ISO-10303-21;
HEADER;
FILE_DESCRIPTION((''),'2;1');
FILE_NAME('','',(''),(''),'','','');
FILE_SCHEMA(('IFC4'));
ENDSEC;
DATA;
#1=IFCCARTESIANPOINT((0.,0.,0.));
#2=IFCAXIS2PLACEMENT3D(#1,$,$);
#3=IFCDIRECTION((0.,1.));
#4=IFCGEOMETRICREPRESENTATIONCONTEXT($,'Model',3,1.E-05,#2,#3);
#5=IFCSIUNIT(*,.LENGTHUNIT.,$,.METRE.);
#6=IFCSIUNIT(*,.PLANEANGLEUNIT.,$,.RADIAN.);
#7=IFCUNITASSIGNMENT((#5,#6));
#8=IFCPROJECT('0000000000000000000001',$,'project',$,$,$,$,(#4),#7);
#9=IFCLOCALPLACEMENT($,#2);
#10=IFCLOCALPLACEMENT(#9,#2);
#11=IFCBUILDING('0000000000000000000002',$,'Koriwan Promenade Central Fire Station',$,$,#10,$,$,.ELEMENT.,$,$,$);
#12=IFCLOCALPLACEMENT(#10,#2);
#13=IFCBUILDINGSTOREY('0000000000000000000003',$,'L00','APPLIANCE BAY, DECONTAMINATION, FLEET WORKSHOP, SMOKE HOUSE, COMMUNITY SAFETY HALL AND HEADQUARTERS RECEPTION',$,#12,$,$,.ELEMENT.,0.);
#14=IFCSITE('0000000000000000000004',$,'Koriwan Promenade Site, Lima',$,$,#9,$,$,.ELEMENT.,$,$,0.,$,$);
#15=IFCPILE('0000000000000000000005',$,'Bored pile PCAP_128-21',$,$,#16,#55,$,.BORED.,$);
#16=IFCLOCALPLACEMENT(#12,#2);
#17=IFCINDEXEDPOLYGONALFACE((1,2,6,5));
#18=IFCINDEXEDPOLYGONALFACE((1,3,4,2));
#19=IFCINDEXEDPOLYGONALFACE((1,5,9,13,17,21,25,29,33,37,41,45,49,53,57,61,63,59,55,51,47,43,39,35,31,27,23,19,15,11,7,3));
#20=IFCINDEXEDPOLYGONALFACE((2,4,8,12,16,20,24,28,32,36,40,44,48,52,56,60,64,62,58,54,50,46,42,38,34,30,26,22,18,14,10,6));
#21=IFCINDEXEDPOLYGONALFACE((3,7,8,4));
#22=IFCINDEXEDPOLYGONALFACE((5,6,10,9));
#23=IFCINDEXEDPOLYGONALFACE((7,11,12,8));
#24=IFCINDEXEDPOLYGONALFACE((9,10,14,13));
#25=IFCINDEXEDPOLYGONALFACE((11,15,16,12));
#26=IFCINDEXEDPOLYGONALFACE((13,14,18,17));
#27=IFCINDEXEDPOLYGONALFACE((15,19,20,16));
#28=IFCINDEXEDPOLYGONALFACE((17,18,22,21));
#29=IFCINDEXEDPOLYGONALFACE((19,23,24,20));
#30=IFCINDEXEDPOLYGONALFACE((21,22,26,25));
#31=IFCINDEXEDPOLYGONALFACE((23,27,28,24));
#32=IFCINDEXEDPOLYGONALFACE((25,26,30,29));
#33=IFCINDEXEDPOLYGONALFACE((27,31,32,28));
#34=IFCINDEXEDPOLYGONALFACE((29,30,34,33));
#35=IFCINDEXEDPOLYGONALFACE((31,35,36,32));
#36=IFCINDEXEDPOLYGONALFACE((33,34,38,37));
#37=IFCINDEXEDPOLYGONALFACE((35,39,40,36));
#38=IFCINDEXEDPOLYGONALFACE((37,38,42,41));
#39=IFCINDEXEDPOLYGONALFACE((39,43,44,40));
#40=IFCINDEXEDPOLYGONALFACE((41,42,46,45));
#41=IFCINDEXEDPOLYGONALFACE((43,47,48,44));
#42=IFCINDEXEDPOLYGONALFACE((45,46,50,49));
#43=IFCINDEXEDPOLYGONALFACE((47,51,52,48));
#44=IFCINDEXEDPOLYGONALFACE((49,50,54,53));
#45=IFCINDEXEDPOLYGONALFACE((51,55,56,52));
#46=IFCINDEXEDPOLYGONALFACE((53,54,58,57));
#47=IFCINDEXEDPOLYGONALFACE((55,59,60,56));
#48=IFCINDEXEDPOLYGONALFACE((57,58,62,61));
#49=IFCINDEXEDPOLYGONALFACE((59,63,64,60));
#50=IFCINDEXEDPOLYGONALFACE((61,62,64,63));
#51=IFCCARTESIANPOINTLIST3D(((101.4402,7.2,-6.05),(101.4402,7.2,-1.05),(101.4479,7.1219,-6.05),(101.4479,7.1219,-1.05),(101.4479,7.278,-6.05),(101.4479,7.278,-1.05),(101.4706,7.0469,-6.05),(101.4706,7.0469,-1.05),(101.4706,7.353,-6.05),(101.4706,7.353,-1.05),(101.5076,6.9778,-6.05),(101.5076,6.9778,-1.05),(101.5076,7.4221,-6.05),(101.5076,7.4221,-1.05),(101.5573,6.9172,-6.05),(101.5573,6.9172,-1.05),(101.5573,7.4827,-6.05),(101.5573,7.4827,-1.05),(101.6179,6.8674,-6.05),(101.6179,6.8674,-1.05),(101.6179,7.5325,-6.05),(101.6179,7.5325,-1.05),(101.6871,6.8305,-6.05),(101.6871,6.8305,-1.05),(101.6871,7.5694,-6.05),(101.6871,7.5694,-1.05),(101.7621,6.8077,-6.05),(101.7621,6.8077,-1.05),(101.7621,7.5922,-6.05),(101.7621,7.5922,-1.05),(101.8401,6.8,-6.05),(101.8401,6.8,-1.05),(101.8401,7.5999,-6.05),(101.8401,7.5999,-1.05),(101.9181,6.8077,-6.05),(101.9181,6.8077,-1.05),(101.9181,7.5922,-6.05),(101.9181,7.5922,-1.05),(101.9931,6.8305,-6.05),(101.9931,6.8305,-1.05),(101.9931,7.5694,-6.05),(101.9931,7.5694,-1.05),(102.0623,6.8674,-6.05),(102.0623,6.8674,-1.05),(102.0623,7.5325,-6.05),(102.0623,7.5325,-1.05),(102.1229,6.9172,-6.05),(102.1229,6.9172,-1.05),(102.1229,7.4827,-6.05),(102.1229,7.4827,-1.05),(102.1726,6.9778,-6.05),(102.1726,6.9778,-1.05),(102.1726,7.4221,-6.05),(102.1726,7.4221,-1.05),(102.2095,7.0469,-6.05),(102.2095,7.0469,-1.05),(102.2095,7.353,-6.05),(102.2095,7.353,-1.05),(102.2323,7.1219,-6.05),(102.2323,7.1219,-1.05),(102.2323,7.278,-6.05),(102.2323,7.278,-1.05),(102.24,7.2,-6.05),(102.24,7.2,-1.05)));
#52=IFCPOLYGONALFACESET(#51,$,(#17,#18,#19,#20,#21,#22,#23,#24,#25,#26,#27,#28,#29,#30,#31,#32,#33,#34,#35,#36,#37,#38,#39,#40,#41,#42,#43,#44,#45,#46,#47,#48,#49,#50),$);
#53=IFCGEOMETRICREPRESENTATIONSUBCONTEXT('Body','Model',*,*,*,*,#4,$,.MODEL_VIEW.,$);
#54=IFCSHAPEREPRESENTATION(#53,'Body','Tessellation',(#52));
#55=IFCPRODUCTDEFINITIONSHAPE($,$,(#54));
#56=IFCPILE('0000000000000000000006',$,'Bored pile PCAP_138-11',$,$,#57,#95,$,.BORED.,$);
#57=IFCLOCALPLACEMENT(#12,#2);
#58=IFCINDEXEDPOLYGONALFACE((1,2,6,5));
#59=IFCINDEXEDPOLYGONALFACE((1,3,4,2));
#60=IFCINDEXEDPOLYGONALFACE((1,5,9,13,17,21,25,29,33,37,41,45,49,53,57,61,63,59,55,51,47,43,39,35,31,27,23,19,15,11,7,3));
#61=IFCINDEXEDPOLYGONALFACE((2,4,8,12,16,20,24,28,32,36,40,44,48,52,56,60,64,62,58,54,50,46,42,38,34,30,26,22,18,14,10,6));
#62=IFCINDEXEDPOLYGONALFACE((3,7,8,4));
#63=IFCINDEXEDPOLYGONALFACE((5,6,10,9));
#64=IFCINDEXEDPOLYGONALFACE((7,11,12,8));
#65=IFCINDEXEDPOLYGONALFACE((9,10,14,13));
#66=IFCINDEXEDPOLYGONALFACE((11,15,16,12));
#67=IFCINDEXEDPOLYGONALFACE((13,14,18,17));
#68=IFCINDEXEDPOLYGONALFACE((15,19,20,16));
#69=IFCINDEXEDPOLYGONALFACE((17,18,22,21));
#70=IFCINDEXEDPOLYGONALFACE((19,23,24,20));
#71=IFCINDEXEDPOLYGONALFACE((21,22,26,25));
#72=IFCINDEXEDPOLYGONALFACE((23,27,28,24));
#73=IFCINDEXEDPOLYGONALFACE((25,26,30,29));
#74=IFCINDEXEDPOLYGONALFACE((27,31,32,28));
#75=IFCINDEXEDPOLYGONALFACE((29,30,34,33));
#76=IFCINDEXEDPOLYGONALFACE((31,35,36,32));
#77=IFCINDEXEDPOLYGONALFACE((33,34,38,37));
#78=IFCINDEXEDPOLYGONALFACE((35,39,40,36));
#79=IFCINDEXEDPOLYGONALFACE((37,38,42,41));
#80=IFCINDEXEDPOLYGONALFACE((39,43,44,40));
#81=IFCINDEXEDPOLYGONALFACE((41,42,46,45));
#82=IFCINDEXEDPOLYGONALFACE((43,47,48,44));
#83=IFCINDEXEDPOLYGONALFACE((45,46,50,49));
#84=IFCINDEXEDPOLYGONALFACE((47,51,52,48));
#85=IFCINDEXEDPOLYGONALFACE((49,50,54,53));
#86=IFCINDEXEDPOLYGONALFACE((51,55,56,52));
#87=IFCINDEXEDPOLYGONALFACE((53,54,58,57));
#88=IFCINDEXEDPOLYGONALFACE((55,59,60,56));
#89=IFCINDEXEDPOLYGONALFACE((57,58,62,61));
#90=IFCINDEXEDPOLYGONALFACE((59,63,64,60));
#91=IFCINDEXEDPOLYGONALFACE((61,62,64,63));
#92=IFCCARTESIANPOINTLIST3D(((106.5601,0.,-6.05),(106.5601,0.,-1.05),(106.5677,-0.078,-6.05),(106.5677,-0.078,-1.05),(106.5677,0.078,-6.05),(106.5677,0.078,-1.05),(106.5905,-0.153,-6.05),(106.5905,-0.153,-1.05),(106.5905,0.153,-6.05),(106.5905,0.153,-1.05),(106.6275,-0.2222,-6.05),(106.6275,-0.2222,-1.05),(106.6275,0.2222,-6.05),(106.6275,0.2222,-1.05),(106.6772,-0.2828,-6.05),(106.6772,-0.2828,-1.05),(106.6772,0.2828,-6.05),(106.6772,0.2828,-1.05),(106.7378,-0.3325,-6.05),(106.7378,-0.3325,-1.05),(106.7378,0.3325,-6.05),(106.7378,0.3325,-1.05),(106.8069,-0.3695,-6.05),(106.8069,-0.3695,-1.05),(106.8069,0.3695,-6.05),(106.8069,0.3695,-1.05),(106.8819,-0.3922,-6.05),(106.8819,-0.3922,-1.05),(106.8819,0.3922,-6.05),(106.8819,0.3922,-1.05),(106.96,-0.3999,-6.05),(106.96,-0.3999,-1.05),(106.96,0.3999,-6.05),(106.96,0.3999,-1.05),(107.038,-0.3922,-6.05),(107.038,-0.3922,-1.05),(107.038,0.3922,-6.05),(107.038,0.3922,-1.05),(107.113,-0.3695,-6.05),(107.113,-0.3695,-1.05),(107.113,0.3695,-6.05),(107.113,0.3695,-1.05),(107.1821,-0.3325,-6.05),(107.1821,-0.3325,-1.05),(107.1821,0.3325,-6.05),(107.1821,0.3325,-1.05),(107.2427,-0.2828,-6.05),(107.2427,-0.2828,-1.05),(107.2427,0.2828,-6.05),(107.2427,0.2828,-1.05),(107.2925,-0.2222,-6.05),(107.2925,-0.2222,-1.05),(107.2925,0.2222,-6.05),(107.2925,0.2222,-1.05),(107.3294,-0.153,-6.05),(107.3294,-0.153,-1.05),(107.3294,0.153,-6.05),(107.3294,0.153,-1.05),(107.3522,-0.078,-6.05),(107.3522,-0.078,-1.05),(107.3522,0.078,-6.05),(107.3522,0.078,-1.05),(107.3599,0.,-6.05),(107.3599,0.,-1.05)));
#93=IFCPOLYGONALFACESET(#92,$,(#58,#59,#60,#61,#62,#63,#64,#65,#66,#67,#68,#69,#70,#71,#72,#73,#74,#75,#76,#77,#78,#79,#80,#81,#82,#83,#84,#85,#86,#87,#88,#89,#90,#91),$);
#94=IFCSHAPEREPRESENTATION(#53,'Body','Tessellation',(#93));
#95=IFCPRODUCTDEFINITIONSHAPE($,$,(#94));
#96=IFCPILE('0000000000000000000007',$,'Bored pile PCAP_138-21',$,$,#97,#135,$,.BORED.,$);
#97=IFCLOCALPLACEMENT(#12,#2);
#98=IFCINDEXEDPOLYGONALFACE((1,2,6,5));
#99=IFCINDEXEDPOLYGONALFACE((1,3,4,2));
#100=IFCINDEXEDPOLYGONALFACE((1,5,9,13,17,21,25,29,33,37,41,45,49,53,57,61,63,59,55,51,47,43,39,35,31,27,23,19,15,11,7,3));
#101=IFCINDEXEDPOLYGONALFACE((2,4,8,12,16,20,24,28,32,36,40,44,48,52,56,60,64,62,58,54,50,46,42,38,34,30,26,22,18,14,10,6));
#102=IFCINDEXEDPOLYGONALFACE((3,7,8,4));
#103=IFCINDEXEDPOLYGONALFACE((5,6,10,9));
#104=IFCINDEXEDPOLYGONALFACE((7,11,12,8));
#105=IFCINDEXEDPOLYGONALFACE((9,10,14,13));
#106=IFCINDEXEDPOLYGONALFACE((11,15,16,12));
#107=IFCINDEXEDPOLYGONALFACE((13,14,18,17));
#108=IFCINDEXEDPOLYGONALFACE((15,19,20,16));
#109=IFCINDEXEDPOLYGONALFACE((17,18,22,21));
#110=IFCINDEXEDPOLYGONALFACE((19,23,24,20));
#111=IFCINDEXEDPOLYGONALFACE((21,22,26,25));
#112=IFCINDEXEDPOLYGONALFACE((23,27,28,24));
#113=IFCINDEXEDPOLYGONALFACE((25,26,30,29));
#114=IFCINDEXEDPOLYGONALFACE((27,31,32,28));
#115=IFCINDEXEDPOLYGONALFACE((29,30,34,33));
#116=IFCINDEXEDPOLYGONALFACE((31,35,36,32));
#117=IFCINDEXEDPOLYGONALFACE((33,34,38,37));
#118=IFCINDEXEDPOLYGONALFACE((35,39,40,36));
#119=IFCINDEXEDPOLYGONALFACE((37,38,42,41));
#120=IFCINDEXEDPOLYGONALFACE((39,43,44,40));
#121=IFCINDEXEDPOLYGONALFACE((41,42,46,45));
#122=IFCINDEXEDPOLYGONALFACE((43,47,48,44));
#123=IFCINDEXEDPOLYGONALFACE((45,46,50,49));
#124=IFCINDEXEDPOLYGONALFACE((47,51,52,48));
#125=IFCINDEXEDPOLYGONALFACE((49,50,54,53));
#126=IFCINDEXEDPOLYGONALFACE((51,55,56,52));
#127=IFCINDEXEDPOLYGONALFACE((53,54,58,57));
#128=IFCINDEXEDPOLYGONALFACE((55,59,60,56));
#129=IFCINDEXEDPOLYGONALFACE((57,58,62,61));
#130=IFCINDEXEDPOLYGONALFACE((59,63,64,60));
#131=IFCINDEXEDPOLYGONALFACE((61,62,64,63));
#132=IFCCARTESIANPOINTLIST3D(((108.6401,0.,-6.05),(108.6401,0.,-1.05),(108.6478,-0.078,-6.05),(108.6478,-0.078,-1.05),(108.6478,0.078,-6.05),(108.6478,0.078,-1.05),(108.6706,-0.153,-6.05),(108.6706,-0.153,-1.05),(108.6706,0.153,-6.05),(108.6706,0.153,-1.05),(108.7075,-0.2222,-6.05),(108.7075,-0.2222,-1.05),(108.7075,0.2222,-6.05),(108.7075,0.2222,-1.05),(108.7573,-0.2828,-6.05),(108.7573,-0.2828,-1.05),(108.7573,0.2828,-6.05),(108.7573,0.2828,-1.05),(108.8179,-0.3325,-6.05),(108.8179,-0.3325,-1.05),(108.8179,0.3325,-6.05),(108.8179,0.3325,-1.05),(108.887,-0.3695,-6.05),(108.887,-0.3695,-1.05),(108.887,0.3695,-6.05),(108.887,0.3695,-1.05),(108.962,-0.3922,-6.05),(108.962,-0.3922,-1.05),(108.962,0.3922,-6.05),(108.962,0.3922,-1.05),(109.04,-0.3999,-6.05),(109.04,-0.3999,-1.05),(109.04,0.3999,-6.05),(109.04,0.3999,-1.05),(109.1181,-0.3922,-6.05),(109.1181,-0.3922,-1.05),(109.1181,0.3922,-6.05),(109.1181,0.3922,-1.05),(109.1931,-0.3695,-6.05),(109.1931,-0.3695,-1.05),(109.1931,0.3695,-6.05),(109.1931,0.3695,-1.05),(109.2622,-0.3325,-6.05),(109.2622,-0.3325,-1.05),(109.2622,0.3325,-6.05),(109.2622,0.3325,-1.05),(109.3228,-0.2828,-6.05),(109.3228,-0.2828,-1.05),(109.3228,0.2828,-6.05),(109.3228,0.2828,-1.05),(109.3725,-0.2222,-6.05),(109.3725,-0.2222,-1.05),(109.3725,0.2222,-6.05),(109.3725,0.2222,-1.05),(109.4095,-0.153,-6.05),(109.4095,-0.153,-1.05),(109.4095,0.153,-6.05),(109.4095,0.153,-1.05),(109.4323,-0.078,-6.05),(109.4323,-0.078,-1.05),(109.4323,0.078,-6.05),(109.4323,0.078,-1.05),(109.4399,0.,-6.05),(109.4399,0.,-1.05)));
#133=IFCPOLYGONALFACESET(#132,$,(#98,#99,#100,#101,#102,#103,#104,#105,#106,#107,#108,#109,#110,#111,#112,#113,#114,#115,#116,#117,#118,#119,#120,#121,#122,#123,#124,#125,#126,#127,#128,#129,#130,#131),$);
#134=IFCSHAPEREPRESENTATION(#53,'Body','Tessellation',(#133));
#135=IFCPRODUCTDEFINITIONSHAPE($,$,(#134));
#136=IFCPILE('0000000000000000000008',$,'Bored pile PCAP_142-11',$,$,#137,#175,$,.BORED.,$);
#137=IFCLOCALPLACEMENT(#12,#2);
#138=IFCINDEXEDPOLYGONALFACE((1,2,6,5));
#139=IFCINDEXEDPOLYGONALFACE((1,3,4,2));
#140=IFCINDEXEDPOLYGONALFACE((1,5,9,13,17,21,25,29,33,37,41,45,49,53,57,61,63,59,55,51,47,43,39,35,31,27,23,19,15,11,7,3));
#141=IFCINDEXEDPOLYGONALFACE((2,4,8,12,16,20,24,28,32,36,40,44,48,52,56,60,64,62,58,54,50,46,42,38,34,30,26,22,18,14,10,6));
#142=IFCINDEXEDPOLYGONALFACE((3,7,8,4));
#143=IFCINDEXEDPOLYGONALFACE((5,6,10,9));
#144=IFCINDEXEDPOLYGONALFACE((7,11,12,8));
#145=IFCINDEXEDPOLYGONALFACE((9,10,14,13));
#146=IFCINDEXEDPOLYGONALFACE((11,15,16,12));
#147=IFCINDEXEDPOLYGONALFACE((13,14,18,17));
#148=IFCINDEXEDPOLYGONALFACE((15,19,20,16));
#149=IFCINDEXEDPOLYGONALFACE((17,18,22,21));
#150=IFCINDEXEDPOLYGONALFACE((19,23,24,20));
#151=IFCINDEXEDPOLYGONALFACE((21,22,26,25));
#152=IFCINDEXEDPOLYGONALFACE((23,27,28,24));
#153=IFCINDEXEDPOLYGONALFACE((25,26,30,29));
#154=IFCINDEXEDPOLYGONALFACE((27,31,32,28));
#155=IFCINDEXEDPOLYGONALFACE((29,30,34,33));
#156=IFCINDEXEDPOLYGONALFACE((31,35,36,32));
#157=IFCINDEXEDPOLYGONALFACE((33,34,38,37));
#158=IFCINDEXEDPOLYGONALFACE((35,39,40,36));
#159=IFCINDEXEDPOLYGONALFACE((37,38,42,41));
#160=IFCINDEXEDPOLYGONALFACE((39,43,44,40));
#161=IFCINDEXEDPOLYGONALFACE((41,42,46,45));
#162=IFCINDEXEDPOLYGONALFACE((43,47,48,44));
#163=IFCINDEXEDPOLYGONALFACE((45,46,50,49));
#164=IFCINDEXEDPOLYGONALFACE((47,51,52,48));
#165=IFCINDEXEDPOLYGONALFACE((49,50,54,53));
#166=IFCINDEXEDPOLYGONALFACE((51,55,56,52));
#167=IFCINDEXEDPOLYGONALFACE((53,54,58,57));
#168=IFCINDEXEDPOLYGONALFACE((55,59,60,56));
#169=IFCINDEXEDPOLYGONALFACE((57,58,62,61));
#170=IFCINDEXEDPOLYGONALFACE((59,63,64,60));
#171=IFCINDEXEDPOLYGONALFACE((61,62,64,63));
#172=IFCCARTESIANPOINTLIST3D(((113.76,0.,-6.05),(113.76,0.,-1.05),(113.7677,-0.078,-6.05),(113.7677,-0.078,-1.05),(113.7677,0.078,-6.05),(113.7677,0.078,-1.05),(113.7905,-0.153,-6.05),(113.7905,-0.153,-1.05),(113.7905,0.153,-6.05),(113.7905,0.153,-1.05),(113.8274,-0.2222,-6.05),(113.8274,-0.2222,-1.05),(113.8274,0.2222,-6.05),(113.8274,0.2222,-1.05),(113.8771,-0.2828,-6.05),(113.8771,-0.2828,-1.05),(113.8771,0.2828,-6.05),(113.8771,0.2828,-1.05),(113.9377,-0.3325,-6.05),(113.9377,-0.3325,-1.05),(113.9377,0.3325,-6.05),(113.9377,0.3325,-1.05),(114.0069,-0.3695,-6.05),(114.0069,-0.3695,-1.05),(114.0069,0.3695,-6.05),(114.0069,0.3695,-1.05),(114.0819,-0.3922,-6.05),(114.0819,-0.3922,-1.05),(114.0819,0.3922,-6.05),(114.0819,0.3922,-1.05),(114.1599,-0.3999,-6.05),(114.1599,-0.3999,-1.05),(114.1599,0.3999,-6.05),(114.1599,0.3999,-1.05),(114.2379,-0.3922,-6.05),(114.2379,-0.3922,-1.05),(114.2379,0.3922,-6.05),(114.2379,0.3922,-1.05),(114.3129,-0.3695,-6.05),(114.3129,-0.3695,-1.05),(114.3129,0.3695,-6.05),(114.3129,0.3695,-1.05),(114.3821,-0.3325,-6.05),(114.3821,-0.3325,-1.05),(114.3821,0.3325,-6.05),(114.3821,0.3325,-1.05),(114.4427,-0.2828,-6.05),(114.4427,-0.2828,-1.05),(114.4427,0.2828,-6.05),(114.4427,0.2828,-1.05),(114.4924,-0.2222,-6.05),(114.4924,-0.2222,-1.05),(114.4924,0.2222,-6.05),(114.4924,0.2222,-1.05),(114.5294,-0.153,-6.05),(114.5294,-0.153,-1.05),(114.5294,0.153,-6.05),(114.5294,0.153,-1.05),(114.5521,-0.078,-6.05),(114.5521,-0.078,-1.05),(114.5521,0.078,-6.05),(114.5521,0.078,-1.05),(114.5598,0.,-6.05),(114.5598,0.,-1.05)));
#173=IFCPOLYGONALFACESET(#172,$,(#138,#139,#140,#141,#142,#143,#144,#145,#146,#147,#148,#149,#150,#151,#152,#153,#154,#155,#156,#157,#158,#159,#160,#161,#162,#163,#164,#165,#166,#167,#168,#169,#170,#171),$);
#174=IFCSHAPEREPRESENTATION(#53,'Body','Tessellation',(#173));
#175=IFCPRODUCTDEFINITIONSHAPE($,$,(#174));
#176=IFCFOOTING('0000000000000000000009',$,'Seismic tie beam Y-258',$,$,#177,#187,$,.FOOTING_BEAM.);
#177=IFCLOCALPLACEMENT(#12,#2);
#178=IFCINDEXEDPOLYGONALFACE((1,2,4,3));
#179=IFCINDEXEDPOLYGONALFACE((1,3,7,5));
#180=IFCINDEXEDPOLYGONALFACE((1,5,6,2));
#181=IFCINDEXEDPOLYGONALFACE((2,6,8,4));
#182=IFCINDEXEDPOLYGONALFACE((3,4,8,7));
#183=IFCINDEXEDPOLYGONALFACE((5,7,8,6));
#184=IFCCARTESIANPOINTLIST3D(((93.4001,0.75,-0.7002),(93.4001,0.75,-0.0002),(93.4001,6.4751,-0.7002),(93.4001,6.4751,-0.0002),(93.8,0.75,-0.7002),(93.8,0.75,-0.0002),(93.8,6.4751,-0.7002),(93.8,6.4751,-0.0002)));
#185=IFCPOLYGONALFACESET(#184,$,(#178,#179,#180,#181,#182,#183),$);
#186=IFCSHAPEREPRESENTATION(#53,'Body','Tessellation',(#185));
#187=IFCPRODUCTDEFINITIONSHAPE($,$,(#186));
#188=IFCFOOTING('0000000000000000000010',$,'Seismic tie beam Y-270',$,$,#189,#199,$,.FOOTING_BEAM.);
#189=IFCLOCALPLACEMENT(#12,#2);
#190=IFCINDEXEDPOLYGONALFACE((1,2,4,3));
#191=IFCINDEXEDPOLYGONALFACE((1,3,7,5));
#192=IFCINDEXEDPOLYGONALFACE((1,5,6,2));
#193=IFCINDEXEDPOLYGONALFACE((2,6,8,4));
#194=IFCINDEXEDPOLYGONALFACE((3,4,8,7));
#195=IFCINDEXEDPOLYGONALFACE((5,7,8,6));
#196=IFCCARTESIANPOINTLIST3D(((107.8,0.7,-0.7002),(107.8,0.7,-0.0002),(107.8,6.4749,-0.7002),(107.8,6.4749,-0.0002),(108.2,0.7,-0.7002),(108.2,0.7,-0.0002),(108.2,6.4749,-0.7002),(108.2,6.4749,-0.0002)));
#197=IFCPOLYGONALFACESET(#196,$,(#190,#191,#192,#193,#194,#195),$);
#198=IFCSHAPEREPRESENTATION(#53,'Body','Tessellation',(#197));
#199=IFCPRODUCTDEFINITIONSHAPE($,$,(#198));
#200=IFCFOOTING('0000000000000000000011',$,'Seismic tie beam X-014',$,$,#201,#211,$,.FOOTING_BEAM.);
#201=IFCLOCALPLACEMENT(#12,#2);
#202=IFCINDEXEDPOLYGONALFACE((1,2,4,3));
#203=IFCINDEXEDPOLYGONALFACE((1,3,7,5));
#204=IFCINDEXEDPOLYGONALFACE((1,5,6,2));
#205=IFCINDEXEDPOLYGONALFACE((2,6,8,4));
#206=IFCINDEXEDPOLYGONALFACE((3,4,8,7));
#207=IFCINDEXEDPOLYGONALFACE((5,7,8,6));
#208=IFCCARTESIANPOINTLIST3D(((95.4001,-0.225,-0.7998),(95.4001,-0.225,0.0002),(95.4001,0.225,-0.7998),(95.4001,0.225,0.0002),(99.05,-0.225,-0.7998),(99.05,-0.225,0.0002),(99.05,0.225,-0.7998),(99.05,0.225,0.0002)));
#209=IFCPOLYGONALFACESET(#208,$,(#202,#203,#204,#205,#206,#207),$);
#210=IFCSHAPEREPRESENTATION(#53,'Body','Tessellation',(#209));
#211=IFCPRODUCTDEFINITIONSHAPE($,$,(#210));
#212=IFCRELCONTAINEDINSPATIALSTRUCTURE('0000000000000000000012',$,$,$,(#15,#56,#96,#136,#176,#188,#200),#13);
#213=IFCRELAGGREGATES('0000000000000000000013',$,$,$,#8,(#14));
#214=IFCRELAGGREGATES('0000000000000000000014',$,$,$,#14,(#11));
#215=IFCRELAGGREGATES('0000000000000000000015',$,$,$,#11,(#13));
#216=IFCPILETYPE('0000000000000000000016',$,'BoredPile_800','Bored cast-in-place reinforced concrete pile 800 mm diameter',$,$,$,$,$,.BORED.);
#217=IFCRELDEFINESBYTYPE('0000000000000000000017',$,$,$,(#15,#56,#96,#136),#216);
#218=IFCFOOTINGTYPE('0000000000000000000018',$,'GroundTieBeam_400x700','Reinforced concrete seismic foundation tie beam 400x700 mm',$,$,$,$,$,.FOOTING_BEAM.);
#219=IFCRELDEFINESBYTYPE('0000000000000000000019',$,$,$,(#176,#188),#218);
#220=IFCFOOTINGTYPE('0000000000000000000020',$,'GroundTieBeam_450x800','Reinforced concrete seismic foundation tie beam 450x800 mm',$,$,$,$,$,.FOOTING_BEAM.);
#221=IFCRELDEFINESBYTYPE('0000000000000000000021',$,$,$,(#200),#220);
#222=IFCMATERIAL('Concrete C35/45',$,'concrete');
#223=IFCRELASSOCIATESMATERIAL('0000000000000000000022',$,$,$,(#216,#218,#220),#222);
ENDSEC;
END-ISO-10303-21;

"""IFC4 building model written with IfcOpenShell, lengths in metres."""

from ifc_helpers import new_model, si_unit, direction, frame, origin, origin_2d, place, context, subcontext, project, spatial, rectangle, circle, extrude, material, material_profile, profile_set, type_object, element, save


model = new_model("IFC4")

# Units and contexts
model_context = context("Model", 3, precision=1e-05, world=origin(), true_north=direction((0.0, 1.0)))
body_context = subcontext(model_context, "Body", "Model", "MODEL_VIEW")
ifc_project = project(units=[si_unit("LENGTHUNIT", "METRE"), si_unit("PLANEANGLEUNIT", "RADIAN")], contexts=[model_context])

# Site, building, storey
site_placement = place(None, origin())
site = spatial("IfcSite", under=ifc_project, at=site_placement, Name="Koriwan Promenade Site, Lima", CompositionType="ELEMENT", RefElevation=0.0)
building_placement = place(site_placement, origin())
building = spatial("IfcBuilding", under=site, at=building_placement, Name="Koriwan Promenade Central Fire Station", CompositionType="ELEMENT")
storey_placement = place(building_placement, origin())
storey = spatial("IfcBuildingStorey", under=building, at=storey_placement, Name="L00", Description="APPLIANCE BAY, DECONTAMINATION, FLEET WORKSHOP, SMOKE HOUSE, COMMUNITY SAFETY HALL AND HEADQUARTERS RECEPTION", CompositionType="ELEMENT", Elevation=0.0)

# Piles
ifc_material_1 = material(Name="Concrete C35/45", Category="concrete")
ifc_material_profile_1 = material_profile(ifc_material_1, circle(Radius=0.3999, at=origin_2d()), Name="PILE-D800")
ifc_profile_set_1 = profile_set([ifc_material_profile_1], Name="Concrete C35/45")
pile_type = type_object("IfcPileType", Name="BoredPile_800", Description="Bored cast-in-place reinforced concrete pile 800 mm diameter", PredefinedType="BORED", material=ifc_profile_set_1)
for number, where, z_axis, x_axis, name in (
    (1, (101.8401, 7.2, -1.05), (0.0, 0.0, -1.0), (1.0, 0.0, 0.0), "Bored pile PCAP_128-21"),
    (2, (106.96, 0.0, -1.05), (0.0, 0.0, -1.0), (1.0, 0.0, 0.0), "Bored pile PCAP_138-11"),
    (3, (109.04, 0.0, -1.05), (0.0, 0.0, -1.0), (1.0, 0.0, 0.0), "Bored pile PCAP_138-21"),
    (4, (114.1599, 0.0, -1.05), (0.0, 0.0, -1.0), (1.0, 0.0, 0.0), "Bored pile PCAP_142-11"),
):
    element("IfcPile", number, at=place(storey_placement, frame(where, z_axis=z_axis, x_axis=x_axis)), inside=storey, type_object=pile_type, Name=name, PredefinedType="BORED", context=body_context, shape_type="SweptSolid", body=[
        extrude(circle(Radius=0.3999, at=origin_2d()), origin(), (0.0, 0.0, 1.0), 5.0),
    ])

# Footings
footing_type_1 = type_object("IfcFootingType", Name="GroundTieBeam_400x700", Description="Reinforced concrete seismic foundation tie beam 400x700 mm", PredefinedType="FOOTING_BEAM", material=ifc_material_1)
footing_1_placement = place(storey_placement, frame((93.6001, 3.6125, -0.7002), z_axis=(0.0, 0.0, 1.0), x_axis=(0.0, 1.0, 0.0)))
element("IfcFooting", 5, at=footing_1_placement, inside=storey, type_object=footing_type_1, Name="Seismic tie beam Y-258", PredefinedType="FOOTING_BEAM", context=body_context, shape_type="SweptSolid", body=[
    extrude(rectangle(XDim=5.7251, YDim=0.3999, at=origin_2d()), origin(), (0.0, 0.0, 1.0), 0.7),
])
footing_2_placement = place(storey_placement, frame((108.0, 3.5874, -0.7002), z_axis=(0.0, 0.0, 1.0), x_axis=(0.0, 1.0, 0.0)))
element("IfcFooting", 6, at=footing_2_placement, inside=storey, type_object=footing_type_1, Name="Seismic tie beam Y-270", PredefinedType="FOOTING_BEAM", context=body_context, shape_type="SweptSolid", body=[
    extrude(rectangle(XDim=5.7749, YDim=0.3999, at=origin_2d()), origin(), (0.0, 0.0, 1.0), 0.7),
])
footing_type_2 = type_object("IfcFootingType", Name="GroundTieBeam_450x800", Description="Reinforced concrete seismic foundation tie beam 450x800 mm", PredefinedType="FOOTING_BEAM", material=ifc_material_1)
footing_3_placement = place(storey_placement, frame((97.2251, 0.0, -0.7998), z_axis=(0.0, 0.0, 1.0), x_axis=(1.0, 0.0, 0.0)))
element("IfcFooting", 7, at=footing_3_placement, inside=storey, type_object=footing_type_2, Name="Seismic tie beam X-014", PredefinedType="FOOTING_BEAM", context=body_context, shape_type="SweptSolid", body=[
    extrude(rectangle(XDim=3.6499, YDim=0.45, at=origin_2d()), origin(), (0.0, 0.0, 1.0), 0.8),
])

save(model, "model.ifc")
